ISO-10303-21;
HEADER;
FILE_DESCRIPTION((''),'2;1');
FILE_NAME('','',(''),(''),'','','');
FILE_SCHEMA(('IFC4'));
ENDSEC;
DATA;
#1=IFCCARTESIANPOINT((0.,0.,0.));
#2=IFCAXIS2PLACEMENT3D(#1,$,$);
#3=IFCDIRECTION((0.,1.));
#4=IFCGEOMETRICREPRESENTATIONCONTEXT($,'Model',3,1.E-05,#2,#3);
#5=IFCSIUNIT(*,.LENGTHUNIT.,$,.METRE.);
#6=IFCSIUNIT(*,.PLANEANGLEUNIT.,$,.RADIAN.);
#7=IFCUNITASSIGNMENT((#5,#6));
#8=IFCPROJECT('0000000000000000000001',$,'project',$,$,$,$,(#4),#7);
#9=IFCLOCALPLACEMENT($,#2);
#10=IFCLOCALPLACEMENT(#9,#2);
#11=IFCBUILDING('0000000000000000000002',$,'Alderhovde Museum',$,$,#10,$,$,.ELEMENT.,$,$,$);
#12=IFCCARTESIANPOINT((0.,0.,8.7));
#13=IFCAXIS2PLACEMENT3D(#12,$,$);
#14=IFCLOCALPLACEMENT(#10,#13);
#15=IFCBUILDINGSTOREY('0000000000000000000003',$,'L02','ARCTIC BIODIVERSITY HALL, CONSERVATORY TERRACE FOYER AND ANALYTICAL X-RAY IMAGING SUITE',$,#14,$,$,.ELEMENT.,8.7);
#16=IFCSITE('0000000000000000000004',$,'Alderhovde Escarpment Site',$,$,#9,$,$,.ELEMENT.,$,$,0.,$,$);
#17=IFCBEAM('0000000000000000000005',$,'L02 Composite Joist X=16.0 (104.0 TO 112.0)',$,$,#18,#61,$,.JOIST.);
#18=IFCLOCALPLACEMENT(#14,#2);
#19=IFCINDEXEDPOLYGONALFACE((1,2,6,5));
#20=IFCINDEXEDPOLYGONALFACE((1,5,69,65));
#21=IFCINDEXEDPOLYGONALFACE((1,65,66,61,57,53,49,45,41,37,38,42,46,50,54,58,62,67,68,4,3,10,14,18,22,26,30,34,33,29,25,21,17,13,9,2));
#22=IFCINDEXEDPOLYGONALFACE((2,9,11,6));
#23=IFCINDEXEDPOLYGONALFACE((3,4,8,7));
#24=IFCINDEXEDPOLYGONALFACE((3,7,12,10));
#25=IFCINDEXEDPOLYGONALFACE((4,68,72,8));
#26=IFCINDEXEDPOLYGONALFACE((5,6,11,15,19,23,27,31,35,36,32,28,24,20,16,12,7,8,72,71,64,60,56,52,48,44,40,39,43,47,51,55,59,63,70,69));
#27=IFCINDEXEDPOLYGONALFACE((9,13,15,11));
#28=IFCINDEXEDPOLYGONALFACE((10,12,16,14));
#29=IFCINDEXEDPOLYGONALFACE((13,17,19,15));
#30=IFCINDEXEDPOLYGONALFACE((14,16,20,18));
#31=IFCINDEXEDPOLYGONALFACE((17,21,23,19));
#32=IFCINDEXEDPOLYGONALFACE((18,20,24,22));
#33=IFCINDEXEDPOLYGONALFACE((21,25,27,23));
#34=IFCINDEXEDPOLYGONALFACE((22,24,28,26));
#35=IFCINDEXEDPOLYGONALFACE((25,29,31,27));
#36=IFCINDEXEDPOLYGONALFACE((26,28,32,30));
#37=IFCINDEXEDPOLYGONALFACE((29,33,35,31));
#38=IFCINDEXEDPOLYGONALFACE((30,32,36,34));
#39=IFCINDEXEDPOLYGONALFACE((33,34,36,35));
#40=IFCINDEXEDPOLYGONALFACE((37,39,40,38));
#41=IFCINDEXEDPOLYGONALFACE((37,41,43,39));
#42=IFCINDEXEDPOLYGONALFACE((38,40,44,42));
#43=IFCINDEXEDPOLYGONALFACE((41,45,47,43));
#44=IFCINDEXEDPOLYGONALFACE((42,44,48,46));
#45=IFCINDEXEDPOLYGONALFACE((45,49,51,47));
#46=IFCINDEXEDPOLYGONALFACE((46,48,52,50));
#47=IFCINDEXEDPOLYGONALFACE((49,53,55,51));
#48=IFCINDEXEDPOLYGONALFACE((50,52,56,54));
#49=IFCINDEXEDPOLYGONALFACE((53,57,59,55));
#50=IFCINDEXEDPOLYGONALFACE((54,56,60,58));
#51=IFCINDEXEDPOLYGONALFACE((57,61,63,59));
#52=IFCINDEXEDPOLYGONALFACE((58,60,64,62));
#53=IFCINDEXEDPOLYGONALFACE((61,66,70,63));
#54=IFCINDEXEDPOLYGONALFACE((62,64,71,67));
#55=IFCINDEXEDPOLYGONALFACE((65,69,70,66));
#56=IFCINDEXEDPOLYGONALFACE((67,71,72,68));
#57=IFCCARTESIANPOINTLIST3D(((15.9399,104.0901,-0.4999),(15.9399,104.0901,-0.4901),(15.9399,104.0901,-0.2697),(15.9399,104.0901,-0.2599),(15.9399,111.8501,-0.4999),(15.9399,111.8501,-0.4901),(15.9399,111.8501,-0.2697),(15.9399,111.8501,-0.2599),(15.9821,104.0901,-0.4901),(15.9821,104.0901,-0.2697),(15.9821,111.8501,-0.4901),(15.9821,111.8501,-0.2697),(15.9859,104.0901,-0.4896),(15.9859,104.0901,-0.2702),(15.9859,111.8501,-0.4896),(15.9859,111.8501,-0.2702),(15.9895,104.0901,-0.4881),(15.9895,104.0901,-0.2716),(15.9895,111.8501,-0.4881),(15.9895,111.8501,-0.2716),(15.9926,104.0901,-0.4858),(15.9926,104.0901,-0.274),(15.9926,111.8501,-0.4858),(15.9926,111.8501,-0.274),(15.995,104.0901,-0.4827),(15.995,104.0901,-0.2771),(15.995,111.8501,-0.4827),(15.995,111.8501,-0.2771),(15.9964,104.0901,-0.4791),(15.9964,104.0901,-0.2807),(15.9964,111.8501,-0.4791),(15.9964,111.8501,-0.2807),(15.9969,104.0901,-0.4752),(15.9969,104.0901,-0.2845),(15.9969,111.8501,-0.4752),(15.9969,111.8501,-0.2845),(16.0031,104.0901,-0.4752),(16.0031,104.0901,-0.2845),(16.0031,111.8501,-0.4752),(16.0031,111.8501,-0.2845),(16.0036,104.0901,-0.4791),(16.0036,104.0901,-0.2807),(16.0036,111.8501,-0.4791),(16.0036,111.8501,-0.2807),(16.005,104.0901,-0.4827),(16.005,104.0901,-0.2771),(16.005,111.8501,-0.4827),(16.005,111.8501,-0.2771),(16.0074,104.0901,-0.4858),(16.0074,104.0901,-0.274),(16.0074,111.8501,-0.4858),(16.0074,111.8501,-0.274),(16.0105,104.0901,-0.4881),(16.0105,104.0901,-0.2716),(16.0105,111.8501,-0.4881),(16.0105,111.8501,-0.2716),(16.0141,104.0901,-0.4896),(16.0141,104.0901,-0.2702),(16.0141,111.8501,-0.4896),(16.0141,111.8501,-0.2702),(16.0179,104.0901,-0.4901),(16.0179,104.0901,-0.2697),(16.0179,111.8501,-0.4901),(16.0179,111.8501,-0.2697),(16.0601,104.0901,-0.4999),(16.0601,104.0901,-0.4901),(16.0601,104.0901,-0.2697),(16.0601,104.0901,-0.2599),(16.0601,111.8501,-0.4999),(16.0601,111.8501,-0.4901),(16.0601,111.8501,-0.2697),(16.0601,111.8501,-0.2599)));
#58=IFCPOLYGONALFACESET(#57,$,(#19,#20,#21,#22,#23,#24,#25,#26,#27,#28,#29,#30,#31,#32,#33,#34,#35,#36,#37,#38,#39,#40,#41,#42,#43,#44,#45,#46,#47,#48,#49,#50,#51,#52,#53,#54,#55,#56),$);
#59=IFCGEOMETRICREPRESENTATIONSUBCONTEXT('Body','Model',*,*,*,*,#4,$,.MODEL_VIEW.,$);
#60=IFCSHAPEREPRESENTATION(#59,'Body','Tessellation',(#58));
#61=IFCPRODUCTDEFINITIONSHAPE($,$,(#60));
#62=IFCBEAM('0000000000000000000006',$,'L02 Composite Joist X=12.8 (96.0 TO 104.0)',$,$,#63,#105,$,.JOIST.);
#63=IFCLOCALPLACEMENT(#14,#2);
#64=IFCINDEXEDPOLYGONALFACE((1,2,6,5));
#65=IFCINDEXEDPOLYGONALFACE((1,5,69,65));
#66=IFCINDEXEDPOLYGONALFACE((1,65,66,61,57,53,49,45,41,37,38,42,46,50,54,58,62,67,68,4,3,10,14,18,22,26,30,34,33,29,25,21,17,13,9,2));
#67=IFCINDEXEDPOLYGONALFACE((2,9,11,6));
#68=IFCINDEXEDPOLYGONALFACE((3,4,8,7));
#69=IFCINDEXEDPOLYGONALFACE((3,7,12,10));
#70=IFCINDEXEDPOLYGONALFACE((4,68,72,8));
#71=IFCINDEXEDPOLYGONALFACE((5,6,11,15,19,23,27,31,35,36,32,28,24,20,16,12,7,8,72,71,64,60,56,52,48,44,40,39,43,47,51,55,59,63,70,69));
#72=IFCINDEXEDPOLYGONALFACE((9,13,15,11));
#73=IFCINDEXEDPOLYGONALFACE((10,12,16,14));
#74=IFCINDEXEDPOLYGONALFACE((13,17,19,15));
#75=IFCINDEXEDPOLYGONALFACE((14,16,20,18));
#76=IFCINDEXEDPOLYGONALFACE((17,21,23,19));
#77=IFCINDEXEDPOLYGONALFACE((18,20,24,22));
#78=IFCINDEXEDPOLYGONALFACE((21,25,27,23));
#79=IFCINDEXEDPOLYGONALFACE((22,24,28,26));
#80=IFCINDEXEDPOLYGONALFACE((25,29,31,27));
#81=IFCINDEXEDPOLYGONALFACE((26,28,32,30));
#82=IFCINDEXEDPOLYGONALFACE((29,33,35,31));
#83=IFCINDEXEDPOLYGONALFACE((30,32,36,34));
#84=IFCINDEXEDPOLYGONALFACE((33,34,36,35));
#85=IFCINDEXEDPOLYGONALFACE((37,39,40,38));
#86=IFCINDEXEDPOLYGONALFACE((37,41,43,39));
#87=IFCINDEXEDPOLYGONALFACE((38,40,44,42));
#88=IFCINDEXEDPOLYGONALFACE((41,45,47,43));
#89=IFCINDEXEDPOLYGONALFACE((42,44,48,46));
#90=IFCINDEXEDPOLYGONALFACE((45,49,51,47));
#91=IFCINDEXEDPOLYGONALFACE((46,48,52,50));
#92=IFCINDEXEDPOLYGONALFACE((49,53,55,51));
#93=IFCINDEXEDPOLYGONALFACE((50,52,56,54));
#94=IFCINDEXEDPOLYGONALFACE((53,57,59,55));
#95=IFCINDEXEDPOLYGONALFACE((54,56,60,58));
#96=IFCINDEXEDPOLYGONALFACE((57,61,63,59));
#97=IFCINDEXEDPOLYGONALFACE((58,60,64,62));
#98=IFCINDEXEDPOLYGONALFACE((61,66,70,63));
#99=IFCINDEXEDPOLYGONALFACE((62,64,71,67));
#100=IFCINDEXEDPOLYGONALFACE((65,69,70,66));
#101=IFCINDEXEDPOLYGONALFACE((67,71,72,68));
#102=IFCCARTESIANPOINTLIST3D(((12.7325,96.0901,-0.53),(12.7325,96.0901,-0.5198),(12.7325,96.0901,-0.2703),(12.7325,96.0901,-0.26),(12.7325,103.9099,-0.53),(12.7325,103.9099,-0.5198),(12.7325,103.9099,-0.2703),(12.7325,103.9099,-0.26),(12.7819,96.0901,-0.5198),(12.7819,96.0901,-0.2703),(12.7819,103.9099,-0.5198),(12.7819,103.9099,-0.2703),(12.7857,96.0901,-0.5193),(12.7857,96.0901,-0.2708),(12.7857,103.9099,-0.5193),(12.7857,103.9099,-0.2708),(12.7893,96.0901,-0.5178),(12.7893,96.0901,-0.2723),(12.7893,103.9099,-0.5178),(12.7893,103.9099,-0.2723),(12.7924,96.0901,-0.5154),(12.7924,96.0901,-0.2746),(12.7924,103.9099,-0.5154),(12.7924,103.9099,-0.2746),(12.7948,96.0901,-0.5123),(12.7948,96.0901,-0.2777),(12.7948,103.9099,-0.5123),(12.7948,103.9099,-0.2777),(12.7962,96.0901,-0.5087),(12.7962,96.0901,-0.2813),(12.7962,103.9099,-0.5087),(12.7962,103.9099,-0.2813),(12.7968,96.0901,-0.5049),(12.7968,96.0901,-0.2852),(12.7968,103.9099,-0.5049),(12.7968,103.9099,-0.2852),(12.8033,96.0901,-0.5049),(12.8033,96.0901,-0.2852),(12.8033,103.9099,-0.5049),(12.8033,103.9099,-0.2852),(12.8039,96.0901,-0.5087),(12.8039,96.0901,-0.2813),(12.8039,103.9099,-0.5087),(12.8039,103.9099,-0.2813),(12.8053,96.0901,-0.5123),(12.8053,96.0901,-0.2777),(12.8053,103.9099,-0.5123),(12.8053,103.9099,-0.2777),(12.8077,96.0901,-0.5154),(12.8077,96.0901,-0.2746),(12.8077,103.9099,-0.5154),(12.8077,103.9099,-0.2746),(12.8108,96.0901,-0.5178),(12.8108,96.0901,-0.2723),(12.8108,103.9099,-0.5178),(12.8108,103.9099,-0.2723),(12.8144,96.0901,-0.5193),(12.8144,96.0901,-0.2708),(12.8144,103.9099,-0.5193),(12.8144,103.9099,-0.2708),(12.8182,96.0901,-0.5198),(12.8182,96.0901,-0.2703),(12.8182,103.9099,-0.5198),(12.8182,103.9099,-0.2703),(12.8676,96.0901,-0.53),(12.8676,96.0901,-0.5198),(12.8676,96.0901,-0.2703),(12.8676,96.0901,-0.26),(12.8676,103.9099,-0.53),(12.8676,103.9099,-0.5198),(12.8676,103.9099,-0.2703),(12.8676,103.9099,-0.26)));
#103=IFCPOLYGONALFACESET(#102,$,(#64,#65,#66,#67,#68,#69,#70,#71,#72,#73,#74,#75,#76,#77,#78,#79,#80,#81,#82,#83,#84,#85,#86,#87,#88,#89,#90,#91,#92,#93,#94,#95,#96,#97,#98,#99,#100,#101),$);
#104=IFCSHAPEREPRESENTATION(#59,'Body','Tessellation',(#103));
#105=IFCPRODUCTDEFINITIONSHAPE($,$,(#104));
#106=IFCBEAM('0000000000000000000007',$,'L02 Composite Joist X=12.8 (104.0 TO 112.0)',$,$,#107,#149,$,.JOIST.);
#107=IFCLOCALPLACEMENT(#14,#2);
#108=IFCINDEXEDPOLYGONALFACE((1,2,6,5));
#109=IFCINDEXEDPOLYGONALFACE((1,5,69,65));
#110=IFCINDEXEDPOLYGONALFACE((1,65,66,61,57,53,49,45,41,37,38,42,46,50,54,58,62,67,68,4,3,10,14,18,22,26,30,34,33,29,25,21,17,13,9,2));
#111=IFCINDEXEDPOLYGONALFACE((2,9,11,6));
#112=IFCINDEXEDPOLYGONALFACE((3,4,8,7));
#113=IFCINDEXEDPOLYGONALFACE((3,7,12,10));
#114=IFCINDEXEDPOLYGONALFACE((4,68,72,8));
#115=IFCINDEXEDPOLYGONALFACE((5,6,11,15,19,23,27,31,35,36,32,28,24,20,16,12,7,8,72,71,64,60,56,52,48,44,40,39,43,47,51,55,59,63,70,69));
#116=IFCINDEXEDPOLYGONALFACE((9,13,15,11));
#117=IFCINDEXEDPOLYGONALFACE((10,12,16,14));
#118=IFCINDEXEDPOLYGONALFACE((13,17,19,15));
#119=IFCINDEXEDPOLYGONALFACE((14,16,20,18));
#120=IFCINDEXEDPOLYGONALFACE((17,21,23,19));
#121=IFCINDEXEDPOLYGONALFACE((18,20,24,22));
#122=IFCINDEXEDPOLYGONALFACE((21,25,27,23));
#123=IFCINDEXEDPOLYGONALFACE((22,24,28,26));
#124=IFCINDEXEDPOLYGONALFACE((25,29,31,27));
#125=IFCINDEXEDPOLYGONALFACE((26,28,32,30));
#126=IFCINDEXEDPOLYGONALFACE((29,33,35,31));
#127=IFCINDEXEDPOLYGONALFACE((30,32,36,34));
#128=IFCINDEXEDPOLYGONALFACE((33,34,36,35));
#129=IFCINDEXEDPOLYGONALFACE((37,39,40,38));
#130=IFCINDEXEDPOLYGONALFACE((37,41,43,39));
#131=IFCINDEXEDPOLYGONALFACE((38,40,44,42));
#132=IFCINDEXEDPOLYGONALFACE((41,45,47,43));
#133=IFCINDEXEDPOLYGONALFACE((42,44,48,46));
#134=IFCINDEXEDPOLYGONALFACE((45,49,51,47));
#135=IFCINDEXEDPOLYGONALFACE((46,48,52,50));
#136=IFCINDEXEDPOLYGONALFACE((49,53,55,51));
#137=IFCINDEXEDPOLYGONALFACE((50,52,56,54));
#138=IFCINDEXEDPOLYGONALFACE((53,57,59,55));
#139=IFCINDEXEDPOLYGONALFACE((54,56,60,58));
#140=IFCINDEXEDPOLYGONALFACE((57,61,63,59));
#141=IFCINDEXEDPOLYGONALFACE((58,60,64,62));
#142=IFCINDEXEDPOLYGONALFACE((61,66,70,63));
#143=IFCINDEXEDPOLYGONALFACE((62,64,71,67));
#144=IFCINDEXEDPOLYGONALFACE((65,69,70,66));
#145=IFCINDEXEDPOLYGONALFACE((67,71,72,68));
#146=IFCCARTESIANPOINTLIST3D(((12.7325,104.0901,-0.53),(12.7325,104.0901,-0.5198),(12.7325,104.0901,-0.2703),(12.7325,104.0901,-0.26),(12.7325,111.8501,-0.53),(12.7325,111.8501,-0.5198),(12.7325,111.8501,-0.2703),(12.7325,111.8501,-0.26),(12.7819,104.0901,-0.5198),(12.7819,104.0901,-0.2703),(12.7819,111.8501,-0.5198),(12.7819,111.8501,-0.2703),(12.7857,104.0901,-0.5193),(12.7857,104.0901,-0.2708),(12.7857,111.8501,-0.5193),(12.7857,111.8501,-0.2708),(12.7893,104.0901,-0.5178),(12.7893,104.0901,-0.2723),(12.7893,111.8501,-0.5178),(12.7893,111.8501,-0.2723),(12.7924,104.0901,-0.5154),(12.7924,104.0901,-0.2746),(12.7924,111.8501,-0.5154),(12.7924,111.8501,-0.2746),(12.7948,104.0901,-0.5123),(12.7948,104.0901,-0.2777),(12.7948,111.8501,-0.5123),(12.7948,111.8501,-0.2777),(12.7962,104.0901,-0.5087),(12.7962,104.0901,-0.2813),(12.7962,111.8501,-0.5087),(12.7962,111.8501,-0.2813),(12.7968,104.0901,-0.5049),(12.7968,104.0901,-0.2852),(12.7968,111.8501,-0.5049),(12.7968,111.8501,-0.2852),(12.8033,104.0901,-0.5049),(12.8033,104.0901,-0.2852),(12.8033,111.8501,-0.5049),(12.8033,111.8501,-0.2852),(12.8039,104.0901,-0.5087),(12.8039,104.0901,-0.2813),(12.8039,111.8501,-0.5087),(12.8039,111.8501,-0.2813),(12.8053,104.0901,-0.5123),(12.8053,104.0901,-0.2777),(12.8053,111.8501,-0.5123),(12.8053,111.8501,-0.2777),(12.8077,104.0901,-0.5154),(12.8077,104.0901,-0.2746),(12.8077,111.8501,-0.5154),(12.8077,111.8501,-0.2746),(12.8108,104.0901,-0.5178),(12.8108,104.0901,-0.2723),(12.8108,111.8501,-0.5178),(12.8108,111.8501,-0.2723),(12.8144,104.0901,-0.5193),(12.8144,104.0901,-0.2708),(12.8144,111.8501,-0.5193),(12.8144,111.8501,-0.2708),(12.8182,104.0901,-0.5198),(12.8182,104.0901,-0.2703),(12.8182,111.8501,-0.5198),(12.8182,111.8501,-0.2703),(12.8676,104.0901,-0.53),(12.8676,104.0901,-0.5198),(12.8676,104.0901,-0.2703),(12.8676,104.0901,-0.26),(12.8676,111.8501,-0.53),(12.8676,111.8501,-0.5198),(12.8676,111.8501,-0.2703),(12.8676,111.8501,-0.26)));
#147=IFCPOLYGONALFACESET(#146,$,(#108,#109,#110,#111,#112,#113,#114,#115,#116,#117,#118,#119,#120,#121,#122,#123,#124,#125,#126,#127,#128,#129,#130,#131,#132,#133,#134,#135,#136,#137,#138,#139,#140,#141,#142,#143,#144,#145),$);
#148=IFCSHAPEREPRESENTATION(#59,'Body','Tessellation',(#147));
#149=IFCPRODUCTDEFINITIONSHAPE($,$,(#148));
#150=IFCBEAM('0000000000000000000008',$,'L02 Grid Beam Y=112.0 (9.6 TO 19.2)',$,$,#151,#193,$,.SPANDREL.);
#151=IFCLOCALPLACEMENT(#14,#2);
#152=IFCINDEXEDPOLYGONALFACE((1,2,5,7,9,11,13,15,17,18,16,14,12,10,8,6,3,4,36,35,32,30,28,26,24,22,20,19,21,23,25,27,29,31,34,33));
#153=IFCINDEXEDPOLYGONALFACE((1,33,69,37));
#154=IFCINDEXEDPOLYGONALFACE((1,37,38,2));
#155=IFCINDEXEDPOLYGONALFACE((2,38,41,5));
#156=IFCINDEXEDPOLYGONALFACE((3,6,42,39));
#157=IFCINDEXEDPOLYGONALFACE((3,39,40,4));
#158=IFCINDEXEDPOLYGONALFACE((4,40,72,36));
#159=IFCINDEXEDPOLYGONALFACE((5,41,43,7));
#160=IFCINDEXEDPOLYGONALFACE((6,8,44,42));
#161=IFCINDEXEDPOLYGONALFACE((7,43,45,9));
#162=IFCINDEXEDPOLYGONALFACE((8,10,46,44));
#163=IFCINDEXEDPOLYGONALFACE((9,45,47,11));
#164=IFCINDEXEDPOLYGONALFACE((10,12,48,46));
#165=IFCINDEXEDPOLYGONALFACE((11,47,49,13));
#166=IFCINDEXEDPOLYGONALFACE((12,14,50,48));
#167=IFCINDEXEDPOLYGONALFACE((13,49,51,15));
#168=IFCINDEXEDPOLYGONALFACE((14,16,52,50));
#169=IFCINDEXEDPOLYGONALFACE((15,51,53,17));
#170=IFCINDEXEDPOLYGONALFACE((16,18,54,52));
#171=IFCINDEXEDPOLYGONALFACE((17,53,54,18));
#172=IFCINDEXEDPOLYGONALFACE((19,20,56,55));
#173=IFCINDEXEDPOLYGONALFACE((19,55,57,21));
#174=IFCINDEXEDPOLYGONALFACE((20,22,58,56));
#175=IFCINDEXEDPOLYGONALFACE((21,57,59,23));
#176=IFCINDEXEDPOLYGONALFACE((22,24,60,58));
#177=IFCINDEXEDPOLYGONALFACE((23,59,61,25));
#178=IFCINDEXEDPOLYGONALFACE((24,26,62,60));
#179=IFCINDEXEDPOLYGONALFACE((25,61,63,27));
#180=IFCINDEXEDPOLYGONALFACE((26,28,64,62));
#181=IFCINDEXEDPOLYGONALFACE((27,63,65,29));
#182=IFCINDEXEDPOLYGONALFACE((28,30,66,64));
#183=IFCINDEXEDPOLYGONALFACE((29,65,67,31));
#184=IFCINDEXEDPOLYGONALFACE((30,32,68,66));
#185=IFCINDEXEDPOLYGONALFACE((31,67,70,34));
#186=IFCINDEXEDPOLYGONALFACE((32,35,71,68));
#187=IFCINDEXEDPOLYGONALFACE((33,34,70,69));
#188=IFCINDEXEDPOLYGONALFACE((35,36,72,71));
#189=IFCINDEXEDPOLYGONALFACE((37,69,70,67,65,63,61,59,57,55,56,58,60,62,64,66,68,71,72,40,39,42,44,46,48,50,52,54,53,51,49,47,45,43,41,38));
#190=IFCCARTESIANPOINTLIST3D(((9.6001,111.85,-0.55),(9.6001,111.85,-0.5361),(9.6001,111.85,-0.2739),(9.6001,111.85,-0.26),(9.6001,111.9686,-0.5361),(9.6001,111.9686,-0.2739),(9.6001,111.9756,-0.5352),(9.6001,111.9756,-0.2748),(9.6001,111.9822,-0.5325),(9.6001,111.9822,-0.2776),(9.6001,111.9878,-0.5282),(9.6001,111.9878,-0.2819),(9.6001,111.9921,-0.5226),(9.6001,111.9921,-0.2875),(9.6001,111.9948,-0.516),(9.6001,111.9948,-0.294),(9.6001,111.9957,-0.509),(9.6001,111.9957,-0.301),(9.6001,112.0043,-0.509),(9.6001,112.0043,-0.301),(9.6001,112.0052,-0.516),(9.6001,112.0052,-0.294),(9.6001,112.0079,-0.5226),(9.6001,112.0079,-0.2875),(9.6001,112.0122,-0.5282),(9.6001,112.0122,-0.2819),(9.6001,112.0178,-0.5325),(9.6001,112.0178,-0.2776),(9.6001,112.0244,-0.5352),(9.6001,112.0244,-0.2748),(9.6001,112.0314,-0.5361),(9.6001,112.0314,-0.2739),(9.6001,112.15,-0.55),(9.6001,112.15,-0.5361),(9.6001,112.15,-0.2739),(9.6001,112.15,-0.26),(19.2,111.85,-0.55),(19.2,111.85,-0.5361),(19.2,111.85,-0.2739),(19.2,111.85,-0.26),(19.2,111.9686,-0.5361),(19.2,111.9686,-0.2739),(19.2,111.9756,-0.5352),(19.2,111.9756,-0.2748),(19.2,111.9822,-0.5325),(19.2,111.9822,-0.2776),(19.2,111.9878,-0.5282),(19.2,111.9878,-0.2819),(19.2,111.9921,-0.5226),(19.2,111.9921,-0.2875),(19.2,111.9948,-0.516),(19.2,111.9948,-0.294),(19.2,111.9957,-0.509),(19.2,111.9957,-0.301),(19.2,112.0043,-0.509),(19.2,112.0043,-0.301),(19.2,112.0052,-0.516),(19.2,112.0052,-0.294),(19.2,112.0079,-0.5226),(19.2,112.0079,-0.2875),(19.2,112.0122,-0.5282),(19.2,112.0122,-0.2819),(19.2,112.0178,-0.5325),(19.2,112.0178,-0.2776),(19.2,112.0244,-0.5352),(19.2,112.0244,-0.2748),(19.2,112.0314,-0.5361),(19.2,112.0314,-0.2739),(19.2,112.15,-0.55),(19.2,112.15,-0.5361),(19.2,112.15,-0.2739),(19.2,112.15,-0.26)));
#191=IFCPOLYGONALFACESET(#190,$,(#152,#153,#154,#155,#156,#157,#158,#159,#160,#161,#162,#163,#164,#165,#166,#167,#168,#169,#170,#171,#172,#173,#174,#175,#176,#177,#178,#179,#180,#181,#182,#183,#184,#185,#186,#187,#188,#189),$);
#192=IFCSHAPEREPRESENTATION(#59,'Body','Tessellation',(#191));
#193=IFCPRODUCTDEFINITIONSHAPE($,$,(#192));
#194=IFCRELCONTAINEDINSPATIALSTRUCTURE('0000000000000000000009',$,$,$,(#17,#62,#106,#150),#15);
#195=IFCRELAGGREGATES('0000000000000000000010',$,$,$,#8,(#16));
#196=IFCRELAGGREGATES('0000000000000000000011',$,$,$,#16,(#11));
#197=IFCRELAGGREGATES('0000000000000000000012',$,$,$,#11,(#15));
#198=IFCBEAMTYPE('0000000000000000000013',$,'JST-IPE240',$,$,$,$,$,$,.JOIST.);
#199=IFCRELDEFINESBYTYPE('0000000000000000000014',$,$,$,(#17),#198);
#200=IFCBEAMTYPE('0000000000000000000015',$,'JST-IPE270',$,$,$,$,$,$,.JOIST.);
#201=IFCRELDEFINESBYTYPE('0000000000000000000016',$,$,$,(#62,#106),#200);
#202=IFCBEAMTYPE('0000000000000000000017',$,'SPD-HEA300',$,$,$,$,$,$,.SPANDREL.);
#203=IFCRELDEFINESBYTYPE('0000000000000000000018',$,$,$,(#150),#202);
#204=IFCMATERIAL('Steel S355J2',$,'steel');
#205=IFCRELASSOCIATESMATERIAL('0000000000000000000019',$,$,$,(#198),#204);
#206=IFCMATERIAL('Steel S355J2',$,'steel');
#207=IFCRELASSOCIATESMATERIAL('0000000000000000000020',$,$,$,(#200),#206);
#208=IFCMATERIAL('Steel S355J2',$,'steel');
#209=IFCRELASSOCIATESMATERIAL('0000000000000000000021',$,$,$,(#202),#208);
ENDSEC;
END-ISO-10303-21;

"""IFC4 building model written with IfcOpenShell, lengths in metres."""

from ifc_helpers import new_model, si_unit, direction, frame, origin, origin_2d, place, context, subcontext, project, spatial, i_section, extrude, material, material_profile, profile_set, type_object, element, save


model = new_model("IFC4")

# Units and contexts
model_context = context("Model", 3, precision=1e-05, world=origin(), true_north=direction((0.0, 1.0)))
body_context = subcontext(model_context, "Body", "Model", "MODEL_VIEW")
ifc_project = project(units=[si_unit("LENGTHUNIT", "METRE"), si_unit("PLANEANGLEUNIT", "RADIAN")], contexts=[model_context])

# Site, building, storey
site_placement = place(None, origin())
site = spatial("IfcSite", under=ifc_project, at=site_placement, Name="Alderhovde Escarpment Site", CompositionType="ELEMENT", RefElevation=0.0)
building_placement = place(site_placement, origin())
building = spatial("IfcBuilding", under=site, at=building_placement, Name="Alderhovde Museum", CompositionType="ELEMENT")
storey_placement = place(building_placement, frame((0.0, 0.0, 8.7)))
storey = spatial("IfcBuildingStorey", under=building, at=storey_placement, Name="L02", Description="ARCTIC BIODIVERSITY HALL, CONSERVATORY TERRACE FOYER AND ANALYTICAL X-RAY IMAGING SUITE", CompositionType="ELEMENT", Elevation=8.7)

# Beams
ifc_material_1 = material(Name="Steel S355J2", Category="steel")
ifc_material_profile_1 = material_profile(ifc_material_1, i_section(OverallWidth=0.1201, OverallDepth=0.24, WebThickness=0.0061, FlangeThickness=0.0098, FilletRadius=0.0149, at=origin_2d()), Name="IPE 240")
ifc_profile_set_1 = profile_set([ifc_material_profile_1], Name="Steel S355J2")
beam_type_1 = type_object("IfcBeamType", Name="JST-IPE240", PredefinedType="JOIST", material=ifc_profile_set_1)
beam_1_placement = place(storey_placement, frame((16.0, 104.0901, -0.3799), z_axis=(0.0, 1.0, 0.0), x_axis=(-1.0, 0.0, 0.0)))
element("IfcBeam", 1, at=beam_1_placement, inside=storey, type_object=beam_type_1, Name="L02 Composite Joist X=16.0 (104.0 TO 112.0)", PredefinedType="JOIST", context=body_context, shape_type="SweptSolid", body=[
    extrude(i_section(OverallWidth=0.1201, OverallDepth=0.24, WebThickness=0.0061, FlangeThickness=0.0098, FilletRadius=0.0149, at=origin_2d()), origin(), (0.0, 0.0, 1.0), 7.76),
])
ifc_material_2 = material(Name="Steel S355J2", Category="steel")
ifc_material_profile_2 = material_profile(ifc_material_2, i_section(OverallWidth=0.135, OverallDepth=0.27, WebThickness=0.0066, FlangeThickness=0.0103, FilletRadius=0.0149, at=origin_2d()), Name="IPE 270")
ifc_profile_set_2 = profile_set([ifc_material_profile_2], Name="Steel S355J2")
beam_type_2 = type_object("IfcBeamType", Name="JST-IPE270", PredefinedType="JOIST", material=ifc_profile_set_2)
beam_2_placement = place(storey_placement, frame((12.8, 96.0901, -0.395), z_axis=(0.0, 1.0, 0.0), x_axis=(-1.0, 0.0, 0.0)))
element("IfcBeam", 2, at=beam_2_placement, inside=storey, type_object=beam_type_2, Name="L02 Composite Joist X=12.8 (96.0 TO 104.0)", PredefinedType="JOIST", context=body_context, shape_type="SweptSolid", body=[
    extrude(i_section(OverallWidth=0.135, OverallDepth=0.27, WebThickness=0.0066, FlangeThickness=0.0103, FilletRadius=0.0149, at=origin_2d()), origin(), (0.0, 0.0, 1.0), 7.8198),
])
beam_3_placement = place(storey_placement, frame((12.8, 104.0901, -0.395), z_axis=(0.0, 1.0, 0.0), x_axis=(-1.0, 0.0, 0.0)))
element("IfcBeam", 3, at=beam_3_placement, inside=storey, type_object=beam_type_2, Name="L02 Composite Joist X=12.8 (104.0 TO 112.0)", PredefinedType="JOIST", context=body_context, shape_type="SweptSolid", body=[
    extrude(i_section(OverallWidth=0.135, OverallDepth=0.27, WebThickness=0.0066, FlangeThickness=0.0103, FilletRadius=0.0149, at=origin_2d()), origin(), (0.0, 0.0, 1.0), 7.76),
])
ifc_material_3 = material(Name="Steel S355J2", Category="steel")
ifc_material_profile_3 = material_profile(ifc_material_3, i_section(OverallWidth=0.3, OverallDepth=0.29, WebThickness=0.0085, FlangeThickness=0.0139, FilletRadius=0.0271, at=origin_2d()), Name="HEA 300")
ifc_profile_set_3 = profile_set([ifc_material_profile_3], Name="Steel S355J2")
beam_type_3 = type_object("IfcBeamType", Name="SPD-HEA300", PredefinedType="SPANDREL", material=ifc_profile_set_3)
beam_4_placement = place(storey_placement, frame((9.6001, 112.0, -0.405), z_axis=(1.0, 0.0, 0.0), x_axis=(0.0, 1.0, 0.0)))
element("IfcBeam", 4, at=beam_4_placement, inside=storey, type_object=beam_type_3, Name="L02 Grid Beam Y=112.0 (9.6 TO 19.2)", PredefinedType="SPANDREL", context=body_context, shape_type="SweptSolid", body=[
    extrude(i_section(OverallWidth=0.3, OverallDepth=0.29, WebThickness=0.0085, FlangeThickness=0.0139, FilletRadius=0.0271, at=origin_2d()), origin(), (0.0, 0.0, 1.0), 9.5999),
])

save(model, "model.ifc")
